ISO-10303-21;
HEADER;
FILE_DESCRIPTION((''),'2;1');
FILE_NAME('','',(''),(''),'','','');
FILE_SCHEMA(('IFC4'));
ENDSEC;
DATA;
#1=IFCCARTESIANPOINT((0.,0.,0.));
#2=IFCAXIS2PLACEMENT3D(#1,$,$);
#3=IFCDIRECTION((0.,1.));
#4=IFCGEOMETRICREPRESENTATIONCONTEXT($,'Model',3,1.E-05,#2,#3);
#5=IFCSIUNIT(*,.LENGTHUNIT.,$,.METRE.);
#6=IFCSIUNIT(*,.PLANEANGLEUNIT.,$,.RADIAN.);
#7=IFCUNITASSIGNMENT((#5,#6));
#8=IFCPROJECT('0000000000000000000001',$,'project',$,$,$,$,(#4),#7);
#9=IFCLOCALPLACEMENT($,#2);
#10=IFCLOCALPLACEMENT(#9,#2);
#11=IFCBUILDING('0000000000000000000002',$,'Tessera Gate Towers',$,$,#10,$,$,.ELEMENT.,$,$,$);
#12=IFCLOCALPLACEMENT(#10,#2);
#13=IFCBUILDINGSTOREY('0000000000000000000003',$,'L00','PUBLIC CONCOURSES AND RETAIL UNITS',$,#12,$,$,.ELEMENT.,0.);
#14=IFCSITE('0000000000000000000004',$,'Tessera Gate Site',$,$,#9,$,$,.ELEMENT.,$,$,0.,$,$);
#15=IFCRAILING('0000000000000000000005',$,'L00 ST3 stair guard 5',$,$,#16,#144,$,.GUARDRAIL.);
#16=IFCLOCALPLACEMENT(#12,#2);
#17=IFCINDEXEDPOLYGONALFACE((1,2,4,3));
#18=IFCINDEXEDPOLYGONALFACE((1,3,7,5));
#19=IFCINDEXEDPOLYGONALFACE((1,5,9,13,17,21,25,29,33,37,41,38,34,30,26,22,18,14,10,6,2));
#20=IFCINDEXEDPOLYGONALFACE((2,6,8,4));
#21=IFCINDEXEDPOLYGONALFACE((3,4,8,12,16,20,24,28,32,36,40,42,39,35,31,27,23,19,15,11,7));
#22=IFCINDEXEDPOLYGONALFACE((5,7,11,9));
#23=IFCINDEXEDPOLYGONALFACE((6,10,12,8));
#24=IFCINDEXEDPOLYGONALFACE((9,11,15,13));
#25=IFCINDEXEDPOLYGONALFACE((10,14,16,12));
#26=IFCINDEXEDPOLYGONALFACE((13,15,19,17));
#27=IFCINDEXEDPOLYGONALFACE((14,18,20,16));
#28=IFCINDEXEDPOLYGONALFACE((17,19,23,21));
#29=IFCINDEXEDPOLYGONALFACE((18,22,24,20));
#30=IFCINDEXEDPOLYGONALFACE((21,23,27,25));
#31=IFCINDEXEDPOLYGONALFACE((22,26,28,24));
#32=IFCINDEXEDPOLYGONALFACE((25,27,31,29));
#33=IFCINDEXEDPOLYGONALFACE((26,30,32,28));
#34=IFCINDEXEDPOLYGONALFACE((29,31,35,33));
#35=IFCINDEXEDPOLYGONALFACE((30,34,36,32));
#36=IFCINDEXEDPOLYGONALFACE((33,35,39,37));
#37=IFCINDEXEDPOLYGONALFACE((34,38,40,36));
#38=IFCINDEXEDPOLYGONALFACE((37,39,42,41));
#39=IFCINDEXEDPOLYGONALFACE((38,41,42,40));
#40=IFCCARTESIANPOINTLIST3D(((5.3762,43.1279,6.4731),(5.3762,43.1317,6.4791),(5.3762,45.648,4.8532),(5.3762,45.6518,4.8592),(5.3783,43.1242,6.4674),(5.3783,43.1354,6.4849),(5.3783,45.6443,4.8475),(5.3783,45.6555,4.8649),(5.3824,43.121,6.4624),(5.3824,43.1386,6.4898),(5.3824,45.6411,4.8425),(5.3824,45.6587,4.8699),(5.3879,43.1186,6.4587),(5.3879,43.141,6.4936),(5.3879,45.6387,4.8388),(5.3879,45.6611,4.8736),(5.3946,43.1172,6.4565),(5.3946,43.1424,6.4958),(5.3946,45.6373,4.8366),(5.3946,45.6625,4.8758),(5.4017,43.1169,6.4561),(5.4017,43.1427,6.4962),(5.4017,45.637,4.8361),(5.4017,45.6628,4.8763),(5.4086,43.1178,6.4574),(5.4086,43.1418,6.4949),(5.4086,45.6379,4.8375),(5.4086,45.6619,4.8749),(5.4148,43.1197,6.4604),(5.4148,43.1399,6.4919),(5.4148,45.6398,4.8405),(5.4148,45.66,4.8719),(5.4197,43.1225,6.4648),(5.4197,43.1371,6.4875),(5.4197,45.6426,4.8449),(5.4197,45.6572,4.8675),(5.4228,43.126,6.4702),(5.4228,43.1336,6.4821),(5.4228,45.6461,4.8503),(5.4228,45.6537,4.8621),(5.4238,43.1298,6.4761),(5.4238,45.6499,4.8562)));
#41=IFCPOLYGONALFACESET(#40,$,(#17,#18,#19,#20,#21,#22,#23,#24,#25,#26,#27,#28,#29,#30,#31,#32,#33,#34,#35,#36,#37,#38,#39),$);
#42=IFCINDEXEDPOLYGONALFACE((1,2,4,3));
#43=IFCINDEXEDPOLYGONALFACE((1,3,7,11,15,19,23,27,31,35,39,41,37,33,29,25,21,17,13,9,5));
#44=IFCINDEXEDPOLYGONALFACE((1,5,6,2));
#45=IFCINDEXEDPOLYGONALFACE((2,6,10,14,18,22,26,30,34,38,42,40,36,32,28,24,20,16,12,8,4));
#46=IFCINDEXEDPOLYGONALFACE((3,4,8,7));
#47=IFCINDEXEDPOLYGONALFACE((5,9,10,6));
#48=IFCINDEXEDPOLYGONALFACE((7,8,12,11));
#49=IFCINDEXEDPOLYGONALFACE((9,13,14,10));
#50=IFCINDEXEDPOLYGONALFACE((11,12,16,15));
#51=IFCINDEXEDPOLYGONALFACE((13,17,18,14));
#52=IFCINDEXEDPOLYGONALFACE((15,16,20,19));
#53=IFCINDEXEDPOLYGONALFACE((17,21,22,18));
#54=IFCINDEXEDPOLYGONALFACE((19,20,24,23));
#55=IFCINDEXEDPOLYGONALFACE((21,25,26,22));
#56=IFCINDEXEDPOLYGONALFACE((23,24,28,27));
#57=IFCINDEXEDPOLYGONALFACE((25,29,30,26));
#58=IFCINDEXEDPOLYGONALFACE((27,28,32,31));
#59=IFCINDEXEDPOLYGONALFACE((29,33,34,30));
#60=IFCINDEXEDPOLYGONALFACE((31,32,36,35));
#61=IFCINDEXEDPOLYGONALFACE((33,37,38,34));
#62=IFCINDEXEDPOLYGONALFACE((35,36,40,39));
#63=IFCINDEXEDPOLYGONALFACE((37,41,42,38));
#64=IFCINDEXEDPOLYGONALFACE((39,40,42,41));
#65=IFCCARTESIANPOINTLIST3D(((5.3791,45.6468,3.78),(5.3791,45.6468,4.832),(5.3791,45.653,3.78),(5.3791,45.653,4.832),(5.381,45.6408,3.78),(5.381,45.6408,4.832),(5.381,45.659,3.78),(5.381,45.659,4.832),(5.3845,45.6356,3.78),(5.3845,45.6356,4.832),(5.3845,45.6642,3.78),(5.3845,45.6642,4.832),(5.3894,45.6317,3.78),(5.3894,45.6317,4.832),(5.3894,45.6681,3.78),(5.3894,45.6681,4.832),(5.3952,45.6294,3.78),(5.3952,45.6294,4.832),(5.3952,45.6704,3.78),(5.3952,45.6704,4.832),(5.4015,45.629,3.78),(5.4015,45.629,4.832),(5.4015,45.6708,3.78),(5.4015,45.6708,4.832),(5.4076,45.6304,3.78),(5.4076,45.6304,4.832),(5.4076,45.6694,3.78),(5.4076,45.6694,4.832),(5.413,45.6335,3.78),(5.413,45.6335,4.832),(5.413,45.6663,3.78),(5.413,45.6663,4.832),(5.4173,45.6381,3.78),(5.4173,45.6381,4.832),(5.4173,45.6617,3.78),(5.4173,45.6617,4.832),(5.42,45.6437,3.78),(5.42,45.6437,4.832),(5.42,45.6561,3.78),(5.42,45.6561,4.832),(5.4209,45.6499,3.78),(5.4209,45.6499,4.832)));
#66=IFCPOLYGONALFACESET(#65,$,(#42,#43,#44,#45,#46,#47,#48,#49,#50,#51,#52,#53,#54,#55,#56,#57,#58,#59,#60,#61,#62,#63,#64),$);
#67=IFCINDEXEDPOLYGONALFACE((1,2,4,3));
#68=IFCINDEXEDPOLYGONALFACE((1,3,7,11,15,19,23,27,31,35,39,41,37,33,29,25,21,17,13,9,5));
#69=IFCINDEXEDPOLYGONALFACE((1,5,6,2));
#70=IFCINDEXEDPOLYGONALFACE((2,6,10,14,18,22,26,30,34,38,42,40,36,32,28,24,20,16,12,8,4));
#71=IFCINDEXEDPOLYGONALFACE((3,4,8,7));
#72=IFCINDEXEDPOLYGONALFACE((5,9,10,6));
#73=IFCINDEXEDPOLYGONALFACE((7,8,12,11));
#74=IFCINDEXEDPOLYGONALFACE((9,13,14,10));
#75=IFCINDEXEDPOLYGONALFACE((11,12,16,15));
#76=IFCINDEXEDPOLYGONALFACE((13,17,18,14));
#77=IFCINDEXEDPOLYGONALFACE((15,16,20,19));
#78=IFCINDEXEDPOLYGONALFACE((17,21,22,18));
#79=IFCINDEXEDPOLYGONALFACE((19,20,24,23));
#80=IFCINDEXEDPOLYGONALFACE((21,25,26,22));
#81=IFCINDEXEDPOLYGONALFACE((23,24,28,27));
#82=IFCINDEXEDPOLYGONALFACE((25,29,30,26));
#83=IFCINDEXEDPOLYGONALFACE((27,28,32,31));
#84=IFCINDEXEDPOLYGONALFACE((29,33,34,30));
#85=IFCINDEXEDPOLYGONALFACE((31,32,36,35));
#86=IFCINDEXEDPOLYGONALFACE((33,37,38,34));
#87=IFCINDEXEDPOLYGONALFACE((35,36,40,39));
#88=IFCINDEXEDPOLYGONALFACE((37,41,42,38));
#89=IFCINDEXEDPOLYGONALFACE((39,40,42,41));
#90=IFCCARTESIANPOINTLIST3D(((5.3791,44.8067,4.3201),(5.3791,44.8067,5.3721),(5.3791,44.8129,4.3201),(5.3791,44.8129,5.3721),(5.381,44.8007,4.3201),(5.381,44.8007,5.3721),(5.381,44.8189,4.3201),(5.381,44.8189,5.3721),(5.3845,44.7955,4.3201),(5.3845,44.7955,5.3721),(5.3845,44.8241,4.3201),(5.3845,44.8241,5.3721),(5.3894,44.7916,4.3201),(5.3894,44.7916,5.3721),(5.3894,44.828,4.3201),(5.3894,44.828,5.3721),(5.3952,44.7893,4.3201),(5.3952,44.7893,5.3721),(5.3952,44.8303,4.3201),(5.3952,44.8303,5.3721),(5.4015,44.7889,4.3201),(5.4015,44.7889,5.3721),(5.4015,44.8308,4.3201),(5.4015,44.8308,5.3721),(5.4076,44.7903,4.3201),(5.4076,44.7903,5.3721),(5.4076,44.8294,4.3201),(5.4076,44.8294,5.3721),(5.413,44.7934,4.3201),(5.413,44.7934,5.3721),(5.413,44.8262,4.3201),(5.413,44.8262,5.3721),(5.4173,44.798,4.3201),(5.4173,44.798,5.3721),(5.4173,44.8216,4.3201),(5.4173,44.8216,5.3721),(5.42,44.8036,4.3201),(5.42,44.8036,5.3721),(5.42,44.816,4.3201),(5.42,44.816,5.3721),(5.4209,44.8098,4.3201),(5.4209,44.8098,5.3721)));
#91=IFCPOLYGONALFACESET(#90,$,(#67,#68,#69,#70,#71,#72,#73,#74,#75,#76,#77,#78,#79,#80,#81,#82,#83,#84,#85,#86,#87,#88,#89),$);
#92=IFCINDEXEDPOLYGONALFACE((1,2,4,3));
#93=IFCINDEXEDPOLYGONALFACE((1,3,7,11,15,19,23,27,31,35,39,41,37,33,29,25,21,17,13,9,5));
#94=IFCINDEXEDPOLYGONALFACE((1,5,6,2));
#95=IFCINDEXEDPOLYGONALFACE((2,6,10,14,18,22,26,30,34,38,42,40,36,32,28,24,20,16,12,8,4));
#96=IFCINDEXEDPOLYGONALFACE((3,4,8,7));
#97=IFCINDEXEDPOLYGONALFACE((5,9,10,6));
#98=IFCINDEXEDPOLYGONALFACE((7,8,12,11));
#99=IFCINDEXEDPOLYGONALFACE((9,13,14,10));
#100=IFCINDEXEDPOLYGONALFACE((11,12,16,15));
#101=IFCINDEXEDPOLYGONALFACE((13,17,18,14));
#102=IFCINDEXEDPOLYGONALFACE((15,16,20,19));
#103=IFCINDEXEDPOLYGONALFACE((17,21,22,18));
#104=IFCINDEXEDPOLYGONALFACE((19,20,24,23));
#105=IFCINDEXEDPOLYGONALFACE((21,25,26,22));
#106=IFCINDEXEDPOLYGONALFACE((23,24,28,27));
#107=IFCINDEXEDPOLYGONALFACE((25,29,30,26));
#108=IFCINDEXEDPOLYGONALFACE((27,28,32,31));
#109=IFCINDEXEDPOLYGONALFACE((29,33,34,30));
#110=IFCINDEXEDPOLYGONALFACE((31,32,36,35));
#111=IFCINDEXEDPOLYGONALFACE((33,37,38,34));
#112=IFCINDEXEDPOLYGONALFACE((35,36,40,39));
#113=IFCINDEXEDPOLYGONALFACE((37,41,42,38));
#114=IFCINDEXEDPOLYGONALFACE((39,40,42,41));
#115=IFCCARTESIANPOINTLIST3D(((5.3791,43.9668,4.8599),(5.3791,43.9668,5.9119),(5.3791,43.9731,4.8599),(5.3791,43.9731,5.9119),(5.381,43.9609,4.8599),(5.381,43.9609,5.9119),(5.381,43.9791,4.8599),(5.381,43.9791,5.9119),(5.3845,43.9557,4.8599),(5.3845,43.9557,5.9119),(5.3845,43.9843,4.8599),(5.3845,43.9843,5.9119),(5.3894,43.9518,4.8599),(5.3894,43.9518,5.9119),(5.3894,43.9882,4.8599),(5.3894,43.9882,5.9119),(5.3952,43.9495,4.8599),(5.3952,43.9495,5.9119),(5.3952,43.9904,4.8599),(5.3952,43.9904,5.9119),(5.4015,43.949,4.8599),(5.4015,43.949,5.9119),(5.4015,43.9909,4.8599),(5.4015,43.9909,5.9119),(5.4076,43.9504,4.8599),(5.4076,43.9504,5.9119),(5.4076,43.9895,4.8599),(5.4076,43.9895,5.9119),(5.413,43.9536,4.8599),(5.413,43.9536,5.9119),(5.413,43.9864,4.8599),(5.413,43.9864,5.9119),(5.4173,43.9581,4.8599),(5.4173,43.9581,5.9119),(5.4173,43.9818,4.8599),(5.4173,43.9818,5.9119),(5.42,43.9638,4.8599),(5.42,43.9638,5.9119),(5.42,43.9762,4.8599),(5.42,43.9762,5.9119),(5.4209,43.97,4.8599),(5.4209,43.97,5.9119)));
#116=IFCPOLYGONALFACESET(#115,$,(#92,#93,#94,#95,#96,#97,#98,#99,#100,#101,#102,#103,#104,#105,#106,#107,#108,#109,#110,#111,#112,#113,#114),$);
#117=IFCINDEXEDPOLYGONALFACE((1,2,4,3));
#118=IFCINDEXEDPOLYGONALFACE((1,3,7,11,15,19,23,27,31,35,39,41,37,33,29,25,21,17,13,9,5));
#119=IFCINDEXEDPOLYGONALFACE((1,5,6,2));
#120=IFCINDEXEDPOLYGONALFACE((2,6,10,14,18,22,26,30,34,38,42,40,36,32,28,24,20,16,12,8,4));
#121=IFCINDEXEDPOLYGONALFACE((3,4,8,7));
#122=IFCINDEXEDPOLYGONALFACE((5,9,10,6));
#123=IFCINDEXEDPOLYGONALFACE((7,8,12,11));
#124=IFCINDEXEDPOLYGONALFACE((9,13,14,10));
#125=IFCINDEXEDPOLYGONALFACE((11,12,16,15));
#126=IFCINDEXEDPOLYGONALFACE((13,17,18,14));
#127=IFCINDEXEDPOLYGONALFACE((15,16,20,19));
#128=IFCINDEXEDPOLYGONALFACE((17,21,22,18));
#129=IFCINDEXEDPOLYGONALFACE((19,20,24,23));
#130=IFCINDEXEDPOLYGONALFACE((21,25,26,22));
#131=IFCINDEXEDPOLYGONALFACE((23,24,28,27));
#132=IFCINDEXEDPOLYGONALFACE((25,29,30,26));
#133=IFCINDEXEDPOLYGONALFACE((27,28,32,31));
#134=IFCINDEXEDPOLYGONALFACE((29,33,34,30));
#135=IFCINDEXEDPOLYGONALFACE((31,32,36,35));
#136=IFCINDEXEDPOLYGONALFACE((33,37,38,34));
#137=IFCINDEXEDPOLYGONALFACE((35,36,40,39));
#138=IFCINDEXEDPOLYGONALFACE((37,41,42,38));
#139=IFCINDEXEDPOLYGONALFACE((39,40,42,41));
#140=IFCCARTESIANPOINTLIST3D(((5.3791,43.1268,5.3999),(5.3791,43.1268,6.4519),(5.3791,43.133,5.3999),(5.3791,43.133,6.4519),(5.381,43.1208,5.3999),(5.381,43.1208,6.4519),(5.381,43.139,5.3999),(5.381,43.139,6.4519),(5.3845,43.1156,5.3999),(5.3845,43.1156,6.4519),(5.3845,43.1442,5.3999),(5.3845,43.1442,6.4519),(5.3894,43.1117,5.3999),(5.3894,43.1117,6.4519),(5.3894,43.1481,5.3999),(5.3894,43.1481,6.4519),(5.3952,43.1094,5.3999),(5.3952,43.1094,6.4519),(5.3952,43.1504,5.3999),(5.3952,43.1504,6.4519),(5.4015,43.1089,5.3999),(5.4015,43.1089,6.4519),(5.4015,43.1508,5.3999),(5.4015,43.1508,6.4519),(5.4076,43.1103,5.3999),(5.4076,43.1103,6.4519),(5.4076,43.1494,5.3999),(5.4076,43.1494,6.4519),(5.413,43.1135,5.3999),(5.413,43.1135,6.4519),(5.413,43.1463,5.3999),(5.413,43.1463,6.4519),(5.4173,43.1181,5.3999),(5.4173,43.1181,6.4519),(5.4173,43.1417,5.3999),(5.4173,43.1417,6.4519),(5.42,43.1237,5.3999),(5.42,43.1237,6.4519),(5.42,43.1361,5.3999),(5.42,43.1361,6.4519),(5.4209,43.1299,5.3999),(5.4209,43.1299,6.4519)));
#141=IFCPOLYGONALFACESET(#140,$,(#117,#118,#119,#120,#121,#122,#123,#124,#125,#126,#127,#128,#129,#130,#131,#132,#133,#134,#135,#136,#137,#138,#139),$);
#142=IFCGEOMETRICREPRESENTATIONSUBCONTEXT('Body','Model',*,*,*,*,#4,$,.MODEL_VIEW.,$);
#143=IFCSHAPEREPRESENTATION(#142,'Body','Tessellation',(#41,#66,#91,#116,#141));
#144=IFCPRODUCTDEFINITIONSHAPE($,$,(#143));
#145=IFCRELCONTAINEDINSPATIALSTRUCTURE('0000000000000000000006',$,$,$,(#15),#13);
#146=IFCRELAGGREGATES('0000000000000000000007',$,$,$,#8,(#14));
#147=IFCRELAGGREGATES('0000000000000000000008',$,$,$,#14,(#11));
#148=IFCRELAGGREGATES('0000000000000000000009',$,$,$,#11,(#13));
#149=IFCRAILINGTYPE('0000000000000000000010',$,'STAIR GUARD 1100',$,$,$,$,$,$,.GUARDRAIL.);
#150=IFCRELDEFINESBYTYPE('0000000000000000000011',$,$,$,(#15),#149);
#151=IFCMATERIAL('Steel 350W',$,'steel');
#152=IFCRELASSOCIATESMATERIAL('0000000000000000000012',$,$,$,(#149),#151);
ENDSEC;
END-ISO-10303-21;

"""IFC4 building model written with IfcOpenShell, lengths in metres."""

from ifc_helpers import new_model, si_unit, direction, frame, origin, origin_2d, place, context, subcontext, project, spatial, circle, extrude, material, type_object, element, save


model = new_model("IFC4")

# Units and contexts
model_context = context("Model", 3, precision=1e-05, world=origin(), true_north=direction((0.0, 1.0)))
body_context = subcontext(model_context, "Body", "Model", "MODEL_VIEW")
ifc_project = project(units=[si_unit("LENGTHUNIT", "METRE"), si_unit("PLANEANGLEUNIT", "RADIAN")], contexts=[model_context])

# Site, building, storey
site_placement = place(None, origin())
site = spatial("IfcSite", under=ifc_project, at=site_placement, Name="Tessera Gate Site", CompositionType="ELEMENT", RefElevation=0.0)
building_placement = place(site_placement, origin())
building = spatial("IfcBuilding", under=site, at=building_placement, Name="Tessera Gate Towers", CompositionType="ELEMENT")
storey_placement = place(building_placement, origin())
storey = spatial("IfcBuildingStorey", under=building, at=storey_placement, Name="L00", Description="PUBLIC CONCOURSES AND RETAIL UNITS", CompositionType="ELEMENT", Elevation=0.0)

# Railing
ifc_material_1 = material(Name="Steel 350W", Category="steel")
railing_type_1 = type_object("IfcRailingType", Name="STAIR GUARD 1100", PredefinedType="GUARDRAIL", material=ifc_material_1)
railing_1_placement = place(storey_placement, frame((5.3999, 45.6499, 3.78)))
element("IfcRailing", 1, at=railing_1_placement, inside=storey, type_object=railing_type_1, Name="L00 ST3 stair guard 5", PredefinedType="GUARDRAIL", context=body_context, shape_type="SweptSolid", body=[
    extrude(circle(Radius=0.0239, at=origin_2d()), frame((0.0, 0.0, 1.0762), z_axis=(0.0, -0.8412, 0.540725), x_axis=(1.0, 0.0, 0.0)), (0.0, 0.0, 1.0), 2.9958),
    extrude(circle(Radius=0.021, at=origin_2d()), origin(), (0.0, 0.0, 1.0), 1.052),
    extrude(circle(Radius=0.021, at=origin_2d()), frame((0.0, -0.8401, 0.54)), (0.0, 0.0, 1.0), 1.052),
    extrude(circle(Radius=0.021, at=origin_2d()), frame((0.0, -1.6799, 1.0798)), (0.0, 0.0, 1.0), 1.052),
    extrude(circle(Radius=0.021, at=origin_2d()), frame((0.0, -2.52, 1.6199)), (0.0, 0.0, 1.0), 1.052),
])

save(model, "model.ifc")
